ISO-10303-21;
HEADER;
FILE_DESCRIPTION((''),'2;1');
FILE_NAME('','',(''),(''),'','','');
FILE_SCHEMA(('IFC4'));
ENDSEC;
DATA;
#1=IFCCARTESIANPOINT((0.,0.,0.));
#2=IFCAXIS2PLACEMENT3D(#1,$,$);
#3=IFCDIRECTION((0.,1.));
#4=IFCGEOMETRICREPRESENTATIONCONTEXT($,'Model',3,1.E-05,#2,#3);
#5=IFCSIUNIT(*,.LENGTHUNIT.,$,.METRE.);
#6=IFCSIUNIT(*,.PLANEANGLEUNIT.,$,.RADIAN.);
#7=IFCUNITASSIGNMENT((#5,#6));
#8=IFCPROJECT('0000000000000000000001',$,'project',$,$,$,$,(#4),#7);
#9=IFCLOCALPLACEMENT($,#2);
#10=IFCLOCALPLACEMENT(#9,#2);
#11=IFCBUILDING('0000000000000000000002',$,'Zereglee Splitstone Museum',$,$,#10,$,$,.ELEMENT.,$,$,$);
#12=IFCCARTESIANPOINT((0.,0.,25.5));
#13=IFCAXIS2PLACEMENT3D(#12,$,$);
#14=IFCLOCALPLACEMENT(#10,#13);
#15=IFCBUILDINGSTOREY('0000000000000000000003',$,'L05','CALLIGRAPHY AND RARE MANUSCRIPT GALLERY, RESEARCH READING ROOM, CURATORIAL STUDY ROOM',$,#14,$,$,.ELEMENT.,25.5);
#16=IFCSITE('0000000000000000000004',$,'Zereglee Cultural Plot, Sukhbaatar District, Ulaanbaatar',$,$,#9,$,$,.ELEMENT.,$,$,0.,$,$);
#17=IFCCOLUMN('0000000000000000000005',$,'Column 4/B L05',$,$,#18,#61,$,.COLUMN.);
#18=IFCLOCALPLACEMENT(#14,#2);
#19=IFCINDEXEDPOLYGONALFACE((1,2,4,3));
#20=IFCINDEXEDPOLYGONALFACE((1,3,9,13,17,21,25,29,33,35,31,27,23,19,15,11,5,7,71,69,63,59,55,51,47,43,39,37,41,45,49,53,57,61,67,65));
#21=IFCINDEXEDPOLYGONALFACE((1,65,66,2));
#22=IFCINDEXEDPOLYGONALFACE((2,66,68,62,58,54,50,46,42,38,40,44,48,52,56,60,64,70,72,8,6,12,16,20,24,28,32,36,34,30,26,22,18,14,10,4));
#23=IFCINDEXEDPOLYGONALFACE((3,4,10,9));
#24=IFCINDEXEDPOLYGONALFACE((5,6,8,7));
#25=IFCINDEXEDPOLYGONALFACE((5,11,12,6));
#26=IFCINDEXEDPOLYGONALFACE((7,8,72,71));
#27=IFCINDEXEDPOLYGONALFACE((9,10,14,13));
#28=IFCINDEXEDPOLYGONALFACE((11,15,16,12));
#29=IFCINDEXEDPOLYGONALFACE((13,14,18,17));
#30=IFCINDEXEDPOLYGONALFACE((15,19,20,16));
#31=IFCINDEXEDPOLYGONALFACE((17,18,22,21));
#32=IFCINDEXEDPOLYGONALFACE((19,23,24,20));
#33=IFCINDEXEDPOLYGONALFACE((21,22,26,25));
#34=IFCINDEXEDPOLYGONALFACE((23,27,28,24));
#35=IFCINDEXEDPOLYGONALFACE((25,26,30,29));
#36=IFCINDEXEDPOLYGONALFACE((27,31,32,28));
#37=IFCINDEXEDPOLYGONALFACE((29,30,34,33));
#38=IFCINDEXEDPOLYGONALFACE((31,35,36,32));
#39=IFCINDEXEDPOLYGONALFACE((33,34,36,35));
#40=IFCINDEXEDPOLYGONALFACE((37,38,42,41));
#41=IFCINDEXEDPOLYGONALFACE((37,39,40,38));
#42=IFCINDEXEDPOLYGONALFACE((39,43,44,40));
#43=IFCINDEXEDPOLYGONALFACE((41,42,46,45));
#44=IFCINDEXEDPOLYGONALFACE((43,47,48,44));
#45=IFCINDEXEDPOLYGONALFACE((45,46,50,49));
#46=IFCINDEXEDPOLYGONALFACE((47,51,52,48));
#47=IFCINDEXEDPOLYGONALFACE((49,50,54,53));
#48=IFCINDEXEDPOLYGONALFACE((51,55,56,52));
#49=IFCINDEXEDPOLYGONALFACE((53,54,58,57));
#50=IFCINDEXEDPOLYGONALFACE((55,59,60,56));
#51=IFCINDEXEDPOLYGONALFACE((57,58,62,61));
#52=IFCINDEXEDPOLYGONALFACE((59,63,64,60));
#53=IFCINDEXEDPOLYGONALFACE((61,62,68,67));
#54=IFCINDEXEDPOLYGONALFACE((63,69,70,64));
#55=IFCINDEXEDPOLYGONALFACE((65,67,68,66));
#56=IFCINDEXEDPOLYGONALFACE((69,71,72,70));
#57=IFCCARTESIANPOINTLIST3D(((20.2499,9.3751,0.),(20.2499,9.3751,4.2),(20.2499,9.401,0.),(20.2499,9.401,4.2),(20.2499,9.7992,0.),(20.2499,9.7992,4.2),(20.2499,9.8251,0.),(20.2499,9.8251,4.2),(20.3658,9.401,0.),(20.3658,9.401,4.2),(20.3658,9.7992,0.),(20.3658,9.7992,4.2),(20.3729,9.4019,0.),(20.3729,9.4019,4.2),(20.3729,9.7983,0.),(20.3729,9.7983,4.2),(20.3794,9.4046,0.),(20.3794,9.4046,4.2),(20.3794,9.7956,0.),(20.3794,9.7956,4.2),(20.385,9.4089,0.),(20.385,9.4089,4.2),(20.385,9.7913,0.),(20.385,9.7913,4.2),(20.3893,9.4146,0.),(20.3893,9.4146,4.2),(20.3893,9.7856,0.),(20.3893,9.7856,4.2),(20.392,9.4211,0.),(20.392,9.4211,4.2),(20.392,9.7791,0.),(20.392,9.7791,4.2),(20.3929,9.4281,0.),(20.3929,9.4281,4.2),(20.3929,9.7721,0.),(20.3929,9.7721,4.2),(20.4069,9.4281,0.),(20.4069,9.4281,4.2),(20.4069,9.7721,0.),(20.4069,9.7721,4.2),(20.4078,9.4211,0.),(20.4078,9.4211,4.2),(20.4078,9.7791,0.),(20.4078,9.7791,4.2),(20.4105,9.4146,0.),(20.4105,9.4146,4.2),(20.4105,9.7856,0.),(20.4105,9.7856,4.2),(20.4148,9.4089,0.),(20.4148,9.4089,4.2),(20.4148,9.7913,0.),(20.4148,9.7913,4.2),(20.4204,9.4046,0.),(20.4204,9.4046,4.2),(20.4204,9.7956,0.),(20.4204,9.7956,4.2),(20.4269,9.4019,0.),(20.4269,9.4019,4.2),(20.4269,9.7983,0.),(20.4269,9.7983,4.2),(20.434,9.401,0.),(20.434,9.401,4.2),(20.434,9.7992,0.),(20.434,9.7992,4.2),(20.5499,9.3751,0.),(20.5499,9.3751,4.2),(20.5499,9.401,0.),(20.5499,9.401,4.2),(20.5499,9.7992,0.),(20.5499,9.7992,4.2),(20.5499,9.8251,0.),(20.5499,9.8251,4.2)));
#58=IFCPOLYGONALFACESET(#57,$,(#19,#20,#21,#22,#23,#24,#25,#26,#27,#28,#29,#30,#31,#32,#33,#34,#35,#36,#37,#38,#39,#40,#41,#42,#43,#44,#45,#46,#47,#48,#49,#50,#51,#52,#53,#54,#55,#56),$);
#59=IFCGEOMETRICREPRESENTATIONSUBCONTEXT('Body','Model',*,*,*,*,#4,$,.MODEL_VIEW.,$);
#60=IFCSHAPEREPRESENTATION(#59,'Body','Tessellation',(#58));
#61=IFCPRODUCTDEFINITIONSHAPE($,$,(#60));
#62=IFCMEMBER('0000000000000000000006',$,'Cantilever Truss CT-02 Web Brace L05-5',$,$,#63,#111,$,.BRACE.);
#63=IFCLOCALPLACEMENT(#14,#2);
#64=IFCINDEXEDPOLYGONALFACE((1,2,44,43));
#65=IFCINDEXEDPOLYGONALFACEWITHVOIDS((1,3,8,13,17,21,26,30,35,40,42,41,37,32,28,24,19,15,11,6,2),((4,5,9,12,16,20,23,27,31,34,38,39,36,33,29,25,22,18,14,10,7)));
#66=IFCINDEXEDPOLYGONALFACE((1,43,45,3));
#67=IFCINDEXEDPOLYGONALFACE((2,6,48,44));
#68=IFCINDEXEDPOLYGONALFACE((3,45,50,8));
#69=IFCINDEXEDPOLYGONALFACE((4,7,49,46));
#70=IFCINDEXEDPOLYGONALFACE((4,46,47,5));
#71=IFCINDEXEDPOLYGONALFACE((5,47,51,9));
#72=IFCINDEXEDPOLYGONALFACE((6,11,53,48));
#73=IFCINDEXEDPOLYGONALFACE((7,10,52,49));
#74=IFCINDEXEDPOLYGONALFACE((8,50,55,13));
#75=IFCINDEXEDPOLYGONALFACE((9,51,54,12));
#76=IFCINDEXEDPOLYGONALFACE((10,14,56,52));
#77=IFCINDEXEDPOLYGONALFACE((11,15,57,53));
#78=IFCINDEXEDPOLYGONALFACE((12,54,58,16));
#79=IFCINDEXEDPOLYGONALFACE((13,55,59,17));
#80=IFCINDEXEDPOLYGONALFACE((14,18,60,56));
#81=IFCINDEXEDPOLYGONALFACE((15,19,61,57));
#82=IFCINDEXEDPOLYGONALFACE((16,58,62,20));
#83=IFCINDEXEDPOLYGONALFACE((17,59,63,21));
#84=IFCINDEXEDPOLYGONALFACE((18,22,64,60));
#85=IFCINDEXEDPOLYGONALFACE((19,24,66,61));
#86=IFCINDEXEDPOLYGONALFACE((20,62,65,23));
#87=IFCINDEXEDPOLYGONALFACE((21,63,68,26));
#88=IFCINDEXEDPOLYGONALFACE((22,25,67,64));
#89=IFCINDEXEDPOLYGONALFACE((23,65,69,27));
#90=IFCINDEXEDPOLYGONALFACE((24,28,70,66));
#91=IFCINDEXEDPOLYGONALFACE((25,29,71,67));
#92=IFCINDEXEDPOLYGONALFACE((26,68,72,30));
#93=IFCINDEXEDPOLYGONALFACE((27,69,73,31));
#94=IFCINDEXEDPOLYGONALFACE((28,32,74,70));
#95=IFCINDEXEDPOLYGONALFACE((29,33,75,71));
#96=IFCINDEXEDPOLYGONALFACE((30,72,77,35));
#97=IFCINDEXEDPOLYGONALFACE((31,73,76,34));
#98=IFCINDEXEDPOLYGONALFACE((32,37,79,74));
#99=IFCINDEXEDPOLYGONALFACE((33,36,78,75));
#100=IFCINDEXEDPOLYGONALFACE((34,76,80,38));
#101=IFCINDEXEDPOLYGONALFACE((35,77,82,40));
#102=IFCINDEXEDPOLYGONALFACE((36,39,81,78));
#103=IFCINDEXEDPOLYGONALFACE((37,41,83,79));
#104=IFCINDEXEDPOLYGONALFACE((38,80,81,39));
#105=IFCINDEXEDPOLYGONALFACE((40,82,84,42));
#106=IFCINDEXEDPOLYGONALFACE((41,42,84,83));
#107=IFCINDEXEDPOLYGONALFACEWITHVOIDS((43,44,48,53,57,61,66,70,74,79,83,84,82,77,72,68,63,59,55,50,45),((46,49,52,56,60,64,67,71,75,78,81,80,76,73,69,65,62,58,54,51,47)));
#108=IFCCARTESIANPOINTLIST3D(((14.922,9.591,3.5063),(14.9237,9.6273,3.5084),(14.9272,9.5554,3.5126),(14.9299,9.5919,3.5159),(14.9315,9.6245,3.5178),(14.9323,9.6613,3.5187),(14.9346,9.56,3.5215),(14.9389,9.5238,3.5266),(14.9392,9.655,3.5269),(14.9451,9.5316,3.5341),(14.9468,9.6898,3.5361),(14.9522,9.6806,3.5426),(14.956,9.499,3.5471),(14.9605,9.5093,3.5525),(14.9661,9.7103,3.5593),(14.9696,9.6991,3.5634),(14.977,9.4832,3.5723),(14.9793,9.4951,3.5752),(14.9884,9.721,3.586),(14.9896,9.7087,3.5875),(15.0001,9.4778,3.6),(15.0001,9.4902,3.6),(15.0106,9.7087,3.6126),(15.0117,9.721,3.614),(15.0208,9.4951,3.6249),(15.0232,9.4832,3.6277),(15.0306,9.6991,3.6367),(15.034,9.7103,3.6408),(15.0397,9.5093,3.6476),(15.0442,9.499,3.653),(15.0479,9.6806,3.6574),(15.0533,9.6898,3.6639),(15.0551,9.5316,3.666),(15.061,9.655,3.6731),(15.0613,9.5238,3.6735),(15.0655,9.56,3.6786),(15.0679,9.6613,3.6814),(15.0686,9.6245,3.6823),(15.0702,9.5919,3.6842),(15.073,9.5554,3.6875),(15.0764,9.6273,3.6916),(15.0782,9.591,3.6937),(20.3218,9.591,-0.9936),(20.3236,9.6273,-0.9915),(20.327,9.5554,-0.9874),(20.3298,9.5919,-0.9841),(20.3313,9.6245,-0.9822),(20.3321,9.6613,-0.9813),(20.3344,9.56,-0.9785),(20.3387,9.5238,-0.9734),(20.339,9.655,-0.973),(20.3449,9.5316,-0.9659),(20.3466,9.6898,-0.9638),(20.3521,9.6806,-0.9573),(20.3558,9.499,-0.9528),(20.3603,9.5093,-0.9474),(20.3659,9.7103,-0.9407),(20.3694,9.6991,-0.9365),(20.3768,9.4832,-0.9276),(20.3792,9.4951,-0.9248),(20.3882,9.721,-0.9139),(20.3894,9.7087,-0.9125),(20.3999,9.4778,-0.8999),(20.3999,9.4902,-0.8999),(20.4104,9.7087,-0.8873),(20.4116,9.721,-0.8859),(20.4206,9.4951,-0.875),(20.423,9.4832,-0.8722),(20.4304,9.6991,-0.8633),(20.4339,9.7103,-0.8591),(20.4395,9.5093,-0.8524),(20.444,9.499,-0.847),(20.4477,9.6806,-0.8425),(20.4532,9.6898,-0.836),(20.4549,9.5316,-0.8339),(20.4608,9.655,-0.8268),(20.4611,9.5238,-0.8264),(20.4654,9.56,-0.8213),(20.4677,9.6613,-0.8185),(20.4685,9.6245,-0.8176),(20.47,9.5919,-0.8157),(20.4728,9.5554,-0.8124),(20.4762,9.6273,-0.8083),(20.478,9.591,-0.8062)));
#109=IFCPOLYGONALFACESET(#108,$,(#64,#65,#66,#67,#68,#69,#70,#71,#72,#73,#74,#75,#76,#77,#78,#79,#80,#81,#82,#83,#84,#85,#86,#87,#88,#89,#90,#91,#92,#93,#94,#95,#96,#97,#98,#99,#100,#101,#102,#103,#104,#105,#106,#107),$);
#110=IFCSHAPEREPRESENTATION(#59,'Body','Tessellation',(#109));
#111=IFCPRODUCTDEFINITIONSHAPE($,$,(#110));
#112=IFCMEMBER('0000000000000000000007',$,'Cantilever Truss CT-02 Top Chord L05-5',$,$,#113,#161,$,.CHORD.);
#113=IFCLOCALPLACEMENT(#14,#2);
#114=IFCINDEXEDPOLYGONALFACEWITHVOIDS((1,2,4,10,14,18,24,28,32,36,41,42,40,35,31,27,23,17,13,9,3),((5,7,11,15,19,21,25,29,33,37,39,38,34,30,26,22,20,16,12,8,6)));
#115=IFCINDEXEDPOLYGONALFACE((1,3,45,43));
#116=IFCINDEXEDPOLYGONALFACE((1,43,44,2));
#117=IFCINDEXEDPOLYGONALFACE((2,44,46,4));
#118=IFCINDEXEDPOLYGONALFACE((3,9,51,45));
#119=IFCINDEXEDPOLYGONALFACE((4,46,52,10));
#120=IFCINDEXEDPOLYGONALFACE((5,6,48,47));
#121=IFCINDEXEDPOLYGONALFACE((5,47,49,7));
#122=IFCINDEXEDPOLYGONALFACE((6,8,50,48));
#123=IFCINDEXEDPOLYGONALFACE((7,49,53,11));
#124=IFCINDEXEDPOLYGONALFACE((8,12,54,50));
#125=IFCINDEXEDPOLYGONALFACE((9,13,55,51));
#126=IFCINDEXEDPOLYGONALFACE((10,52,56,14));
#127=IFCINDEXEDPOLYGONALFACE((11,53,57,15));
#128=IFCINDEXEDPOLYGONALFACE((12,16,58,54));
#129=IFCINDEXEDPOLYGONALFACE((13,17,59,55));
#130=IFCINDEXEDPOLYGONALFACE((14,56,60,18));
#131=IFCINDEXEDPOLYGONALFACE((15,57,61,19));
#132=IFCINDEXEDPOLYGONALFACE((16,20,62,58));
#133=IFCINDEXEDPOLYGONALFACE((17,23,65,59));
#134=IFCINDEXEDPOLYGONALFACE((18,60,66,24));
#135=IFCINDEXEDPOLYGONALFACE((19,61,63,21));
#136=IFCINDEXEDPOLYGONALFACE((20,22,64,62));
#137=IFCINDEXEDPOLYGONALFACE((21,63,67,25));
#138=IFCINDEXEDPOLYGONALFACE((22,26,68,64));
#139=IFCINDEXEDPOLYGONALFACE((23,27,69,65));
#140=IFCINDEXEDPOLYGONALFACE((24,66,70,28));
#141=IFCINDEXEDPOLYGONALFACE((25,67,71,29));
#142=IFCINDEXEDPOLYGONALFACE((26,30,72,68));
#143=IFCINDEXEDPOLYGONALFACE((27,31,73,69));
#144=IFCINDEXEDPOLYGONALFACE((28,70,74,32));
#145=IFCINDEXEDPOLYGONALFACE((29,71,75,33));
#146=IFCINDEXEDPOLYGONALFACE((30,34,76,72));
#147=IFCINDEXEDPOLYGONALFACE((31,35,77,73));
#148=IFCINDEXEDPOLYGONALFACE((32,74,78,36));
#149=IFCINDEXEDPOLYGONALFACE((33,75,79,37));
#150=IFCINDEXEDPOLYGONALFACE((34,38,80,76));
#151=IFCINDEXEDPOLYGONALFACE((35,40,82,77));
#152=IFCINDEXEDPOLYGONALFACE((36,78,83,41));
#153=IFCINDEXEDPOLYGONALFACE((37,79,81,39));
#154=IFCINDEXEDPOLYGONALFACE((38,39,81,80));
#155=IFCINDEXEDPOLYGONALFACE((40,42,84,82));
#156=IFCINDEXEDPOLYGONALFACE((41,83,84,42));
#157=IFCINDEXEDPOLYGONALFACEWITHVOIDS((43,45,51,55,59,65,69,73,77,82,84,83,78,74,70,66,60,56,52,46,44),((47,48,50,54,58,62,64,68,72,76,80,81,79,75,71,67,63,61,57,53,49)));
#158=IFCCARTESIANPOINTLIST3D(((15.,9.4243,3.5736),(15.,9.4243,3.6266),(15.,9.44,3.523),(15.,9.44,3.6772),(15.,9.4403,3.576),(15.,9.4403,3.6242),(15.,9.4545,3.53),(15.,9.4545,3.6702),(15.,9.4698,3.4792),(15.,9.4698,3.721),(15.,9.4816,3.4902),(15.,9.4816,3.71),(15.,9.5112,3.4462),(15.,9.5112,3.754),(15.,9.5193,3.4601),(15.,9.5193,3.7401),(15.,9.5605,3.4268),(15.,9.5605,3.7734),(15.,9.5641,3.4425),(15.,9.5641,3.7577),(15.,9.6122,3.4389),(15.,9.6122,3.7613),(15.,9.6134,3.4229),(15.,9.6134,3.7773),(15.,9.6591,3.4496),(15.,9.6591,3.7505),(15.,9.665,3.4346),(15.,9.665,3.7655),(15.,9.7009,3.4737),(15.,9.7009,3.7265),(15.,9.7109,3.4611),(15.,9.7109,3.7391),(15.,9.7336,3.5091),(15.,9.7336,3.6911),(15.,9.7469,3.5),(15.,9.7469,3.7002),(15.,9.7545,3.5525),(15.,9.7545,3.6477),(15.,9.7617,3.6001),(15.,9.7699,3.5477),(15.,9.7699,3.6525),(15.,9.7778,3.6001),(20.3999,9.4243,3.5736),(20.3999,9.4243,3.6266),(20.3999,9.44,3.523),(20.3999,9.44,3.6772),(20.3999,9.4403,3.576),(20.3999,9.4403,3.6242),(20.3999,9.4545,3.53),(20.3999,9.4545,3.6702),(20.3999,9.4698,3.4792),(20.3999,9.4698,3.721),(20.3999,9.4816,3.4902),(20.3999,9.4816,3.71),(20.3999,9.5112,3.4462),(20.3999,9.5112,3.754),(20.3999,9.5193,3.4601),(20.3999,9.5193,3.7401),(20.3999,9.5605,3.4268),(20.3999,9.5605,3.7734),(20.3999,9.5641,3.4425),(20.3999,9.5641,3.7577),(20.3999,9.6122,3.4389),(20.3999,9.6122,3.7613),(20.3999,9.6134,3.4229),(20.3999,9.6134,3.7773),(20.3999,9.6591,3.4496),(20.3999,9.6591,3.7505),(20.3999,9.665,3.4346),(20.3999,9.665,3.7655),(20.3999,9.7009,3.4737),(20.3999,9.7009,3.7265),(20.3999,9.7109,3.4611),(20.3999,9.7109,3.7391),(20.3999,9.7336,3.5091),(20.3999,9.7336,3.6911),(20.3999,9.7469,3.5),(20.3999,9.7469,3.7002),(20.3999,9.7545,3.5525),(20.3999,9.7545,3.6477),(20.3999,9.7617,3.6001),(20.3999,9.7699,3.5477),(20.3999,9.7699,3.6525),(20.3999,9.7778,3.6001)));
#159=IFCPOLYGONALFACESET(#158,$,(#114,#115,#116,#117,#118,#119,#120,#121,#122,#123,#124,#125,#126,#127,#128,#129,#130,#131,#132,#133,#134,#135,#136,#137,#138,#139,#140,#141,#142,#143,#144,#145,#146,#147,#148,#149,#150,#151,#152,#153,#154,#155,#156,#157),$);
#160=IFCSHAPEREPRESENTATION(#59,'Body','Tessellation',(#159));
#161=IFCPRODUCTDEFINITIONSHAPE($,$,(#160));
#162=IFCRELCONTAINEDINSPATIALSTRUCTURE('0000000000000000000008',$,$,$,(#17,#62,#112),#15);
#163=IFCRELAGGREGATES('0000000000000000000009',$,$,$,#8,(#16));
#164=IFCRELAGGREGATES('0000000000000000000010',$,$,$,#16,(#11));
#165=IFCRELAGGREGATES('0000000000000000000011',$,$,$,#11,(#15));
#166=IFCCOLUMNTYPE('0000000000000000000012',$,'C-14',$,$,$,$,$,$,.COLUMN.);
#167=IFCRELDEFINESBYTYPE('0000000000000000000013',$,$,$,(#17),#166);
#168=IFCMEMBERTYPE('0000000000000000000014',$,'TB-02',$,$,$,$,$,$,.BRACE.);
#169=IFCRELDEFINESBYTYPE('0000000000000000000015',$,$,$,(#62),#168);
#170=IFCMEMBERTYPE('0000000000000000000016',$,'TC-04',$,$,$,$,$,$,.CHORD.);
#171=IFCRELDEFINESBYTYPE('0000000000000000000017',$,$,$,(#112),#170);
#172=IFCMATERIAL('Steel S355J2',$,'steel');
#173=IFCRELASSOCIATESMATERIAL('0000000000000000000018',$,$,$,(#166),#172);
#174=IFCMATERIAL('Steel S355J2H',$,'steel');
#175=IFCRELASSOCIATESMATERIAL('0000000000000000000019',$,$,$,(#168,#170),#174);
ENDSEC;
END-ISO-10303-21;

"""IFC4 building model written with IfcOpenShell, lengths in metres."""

from ifc_helpers import new_model, si_unit, direction, frame, origin, origin_2d, place, context, subcontext, project, spatial, hollow_circle, i_section, extrude, material, material_profile, profile_set, type_object, element, save


model = new_model("IFC4")

# Units and contexts
model_context = context("Model", 3, precision=1e-05, world=origin(), true_north=direction((0.0, 1.0)))
body_context = subcontext(model_context, "Body", "Model", "MODEL_VIEW")
ifc_project = project(units=[si_unit("LENGTHUNIT", "METRE"), si_unit("PLANEANGLEUNIT", "RADIAN")], contexts=[model_context])

# Site, building, storey
site_placement = place(None, origin())
site = spatial("IfcSite", under=ifc_project, at=site_placement, Name="Zereglee Cultural Plot, Sukhbaatar District, Ulaanbaatar", CompositionType="ELEMENT", RefElevation=0.0)
building_placement = place(site_placement, origin())
building = spatial("IfcBuilding", under=site, at=building_placement, Name="Zereglee Splitstone Museum", CompositionType="ELEMENT")
storey_placement = place(building_placement, frame((0.0, 0.0, 25.5)))
storey = spatial("IfcBuildingStorey", under=building, at=storey_placement, Name="L05", Description="CALLIGRAPHY AND RARE MANUSCRIPT GALLERY, RESEARCH READING ROOM, CURATORIAL STUDY ROOM", CompositionType="ELEMENT", Elevation=25.5)

# Column
ifc_material_1 = material(Name="Steel S355J2", Category="steel")
ifc_material_profile_1 = material_profile(ifc_material_1, i_section(OverallWidth=0.3, OverallDepth=0.45, WebThickness=0.0139, FlangeThickness=0.0259, FilletRadius=0.0271, at=origin_2d()), Name="HE 450 B")
ifc_profile_set_1 = profile_set([ifc_material_profile_1], Name="Steel S355J2")
column_type = type_object("IfcColumnType", Name="C-14", PredefinedType="COLUMN", material=ifc_profile_set_1)
column_placement = place(storey_placement, frame((20.3999, 9.6001, 0.0), z_axis=(0.0, 0.0, 1.0), x_axis=(1.0, 0.0, 0.0)))
element("IfcColumn", 1, at=column_placement, inside=storey, type_object=column_type, Name="Column 4/B L05", PredefinedType="COLUMN", context=body_context, shape_type="SweptSolid", body=[
    extrude(i_section(OverallWidth=0.3, OverallDepth=0.45, WebThickness=0.0139, FlangeThickness=0.0259, FilletRadius=0.0271, at=origin_2d()), origin(), (0.0, 0.0, 1.0), 4.2),
])

# Members
ifc_material_2 = material(Name="Steel S355J2H", Category="steel")
ifc_material_profile_2 = material_profile(ifc_material_2, hollow_circle(Radius=0.1223, WallThickness=0.0125, at=origin_2d()), Name="CHS 244.5x12.5")
ifc_profile_set_2 = profile_set([ifc_material_profile_2], Name="Steel S355J2H")
member_type_1 = type_object("IfcMemberType", Name="TB-02", PredefinedType="BRACE", material=ifc_profile_set_2)
member_1_placement = place(storey_placement, frame((20.3999, 9.6001, -0.8999), z_axis=(-0.768216, 0.0, 0.640191), x_axis=(0.0, -1.0, 0.0)))
element("IfcMember", 2, at=member_1_placement, inside=storey, type_object=member_type_1, Name="Cantilever Truss CT-02 Web Brace L05-5", PredefinedType="BRACE", context=body_context, shape_type="SweptSolid", body=[
    extrude(hollow_circle(Radius=0.1223, WallThickness=0.0125, at=origin_2d()), origin(), (0.0, 0.0, 1.0), 7.0291),
])
ifc_material_profile_3 = material_profile(ifc_material_2, hollow_circle(Radius=0.1777, WallThickness=0.0161, at=origin_2d()), Name="CHS 355.6x16")
ifc_profile_set_3 = profile_set([ifc_material_profile_3], Name="Steel S355J2H")
member_type_2 = type_object("IfcMemberType", Name="TC-04", PredefinedType="CHORD", material=ifc_profile_set_3)
member_2_placement = place(storey_placement, frame((15.0, 9.6001, 3.6001), z_axis=(1.0, 0.0, 0.0), x_axis=(0.0, 1.0, 0.0)))
element("IfcMember", 3, at=member_2_placement, inside=storey, type_object=member_type_2, Name="Cantilever Truss CT-02 Top Chord L05-5", PredefinedType="CHORD", context=body_context, shape_type="SweptSolid", body=[
    extrude(hollow_circle(Radius=0.1777, WallThickness=0.0161, at=origin_2d()), origin(), (0.0, 0.0, 1.0), 5.3999),
])

save(model, "model.ifc")
